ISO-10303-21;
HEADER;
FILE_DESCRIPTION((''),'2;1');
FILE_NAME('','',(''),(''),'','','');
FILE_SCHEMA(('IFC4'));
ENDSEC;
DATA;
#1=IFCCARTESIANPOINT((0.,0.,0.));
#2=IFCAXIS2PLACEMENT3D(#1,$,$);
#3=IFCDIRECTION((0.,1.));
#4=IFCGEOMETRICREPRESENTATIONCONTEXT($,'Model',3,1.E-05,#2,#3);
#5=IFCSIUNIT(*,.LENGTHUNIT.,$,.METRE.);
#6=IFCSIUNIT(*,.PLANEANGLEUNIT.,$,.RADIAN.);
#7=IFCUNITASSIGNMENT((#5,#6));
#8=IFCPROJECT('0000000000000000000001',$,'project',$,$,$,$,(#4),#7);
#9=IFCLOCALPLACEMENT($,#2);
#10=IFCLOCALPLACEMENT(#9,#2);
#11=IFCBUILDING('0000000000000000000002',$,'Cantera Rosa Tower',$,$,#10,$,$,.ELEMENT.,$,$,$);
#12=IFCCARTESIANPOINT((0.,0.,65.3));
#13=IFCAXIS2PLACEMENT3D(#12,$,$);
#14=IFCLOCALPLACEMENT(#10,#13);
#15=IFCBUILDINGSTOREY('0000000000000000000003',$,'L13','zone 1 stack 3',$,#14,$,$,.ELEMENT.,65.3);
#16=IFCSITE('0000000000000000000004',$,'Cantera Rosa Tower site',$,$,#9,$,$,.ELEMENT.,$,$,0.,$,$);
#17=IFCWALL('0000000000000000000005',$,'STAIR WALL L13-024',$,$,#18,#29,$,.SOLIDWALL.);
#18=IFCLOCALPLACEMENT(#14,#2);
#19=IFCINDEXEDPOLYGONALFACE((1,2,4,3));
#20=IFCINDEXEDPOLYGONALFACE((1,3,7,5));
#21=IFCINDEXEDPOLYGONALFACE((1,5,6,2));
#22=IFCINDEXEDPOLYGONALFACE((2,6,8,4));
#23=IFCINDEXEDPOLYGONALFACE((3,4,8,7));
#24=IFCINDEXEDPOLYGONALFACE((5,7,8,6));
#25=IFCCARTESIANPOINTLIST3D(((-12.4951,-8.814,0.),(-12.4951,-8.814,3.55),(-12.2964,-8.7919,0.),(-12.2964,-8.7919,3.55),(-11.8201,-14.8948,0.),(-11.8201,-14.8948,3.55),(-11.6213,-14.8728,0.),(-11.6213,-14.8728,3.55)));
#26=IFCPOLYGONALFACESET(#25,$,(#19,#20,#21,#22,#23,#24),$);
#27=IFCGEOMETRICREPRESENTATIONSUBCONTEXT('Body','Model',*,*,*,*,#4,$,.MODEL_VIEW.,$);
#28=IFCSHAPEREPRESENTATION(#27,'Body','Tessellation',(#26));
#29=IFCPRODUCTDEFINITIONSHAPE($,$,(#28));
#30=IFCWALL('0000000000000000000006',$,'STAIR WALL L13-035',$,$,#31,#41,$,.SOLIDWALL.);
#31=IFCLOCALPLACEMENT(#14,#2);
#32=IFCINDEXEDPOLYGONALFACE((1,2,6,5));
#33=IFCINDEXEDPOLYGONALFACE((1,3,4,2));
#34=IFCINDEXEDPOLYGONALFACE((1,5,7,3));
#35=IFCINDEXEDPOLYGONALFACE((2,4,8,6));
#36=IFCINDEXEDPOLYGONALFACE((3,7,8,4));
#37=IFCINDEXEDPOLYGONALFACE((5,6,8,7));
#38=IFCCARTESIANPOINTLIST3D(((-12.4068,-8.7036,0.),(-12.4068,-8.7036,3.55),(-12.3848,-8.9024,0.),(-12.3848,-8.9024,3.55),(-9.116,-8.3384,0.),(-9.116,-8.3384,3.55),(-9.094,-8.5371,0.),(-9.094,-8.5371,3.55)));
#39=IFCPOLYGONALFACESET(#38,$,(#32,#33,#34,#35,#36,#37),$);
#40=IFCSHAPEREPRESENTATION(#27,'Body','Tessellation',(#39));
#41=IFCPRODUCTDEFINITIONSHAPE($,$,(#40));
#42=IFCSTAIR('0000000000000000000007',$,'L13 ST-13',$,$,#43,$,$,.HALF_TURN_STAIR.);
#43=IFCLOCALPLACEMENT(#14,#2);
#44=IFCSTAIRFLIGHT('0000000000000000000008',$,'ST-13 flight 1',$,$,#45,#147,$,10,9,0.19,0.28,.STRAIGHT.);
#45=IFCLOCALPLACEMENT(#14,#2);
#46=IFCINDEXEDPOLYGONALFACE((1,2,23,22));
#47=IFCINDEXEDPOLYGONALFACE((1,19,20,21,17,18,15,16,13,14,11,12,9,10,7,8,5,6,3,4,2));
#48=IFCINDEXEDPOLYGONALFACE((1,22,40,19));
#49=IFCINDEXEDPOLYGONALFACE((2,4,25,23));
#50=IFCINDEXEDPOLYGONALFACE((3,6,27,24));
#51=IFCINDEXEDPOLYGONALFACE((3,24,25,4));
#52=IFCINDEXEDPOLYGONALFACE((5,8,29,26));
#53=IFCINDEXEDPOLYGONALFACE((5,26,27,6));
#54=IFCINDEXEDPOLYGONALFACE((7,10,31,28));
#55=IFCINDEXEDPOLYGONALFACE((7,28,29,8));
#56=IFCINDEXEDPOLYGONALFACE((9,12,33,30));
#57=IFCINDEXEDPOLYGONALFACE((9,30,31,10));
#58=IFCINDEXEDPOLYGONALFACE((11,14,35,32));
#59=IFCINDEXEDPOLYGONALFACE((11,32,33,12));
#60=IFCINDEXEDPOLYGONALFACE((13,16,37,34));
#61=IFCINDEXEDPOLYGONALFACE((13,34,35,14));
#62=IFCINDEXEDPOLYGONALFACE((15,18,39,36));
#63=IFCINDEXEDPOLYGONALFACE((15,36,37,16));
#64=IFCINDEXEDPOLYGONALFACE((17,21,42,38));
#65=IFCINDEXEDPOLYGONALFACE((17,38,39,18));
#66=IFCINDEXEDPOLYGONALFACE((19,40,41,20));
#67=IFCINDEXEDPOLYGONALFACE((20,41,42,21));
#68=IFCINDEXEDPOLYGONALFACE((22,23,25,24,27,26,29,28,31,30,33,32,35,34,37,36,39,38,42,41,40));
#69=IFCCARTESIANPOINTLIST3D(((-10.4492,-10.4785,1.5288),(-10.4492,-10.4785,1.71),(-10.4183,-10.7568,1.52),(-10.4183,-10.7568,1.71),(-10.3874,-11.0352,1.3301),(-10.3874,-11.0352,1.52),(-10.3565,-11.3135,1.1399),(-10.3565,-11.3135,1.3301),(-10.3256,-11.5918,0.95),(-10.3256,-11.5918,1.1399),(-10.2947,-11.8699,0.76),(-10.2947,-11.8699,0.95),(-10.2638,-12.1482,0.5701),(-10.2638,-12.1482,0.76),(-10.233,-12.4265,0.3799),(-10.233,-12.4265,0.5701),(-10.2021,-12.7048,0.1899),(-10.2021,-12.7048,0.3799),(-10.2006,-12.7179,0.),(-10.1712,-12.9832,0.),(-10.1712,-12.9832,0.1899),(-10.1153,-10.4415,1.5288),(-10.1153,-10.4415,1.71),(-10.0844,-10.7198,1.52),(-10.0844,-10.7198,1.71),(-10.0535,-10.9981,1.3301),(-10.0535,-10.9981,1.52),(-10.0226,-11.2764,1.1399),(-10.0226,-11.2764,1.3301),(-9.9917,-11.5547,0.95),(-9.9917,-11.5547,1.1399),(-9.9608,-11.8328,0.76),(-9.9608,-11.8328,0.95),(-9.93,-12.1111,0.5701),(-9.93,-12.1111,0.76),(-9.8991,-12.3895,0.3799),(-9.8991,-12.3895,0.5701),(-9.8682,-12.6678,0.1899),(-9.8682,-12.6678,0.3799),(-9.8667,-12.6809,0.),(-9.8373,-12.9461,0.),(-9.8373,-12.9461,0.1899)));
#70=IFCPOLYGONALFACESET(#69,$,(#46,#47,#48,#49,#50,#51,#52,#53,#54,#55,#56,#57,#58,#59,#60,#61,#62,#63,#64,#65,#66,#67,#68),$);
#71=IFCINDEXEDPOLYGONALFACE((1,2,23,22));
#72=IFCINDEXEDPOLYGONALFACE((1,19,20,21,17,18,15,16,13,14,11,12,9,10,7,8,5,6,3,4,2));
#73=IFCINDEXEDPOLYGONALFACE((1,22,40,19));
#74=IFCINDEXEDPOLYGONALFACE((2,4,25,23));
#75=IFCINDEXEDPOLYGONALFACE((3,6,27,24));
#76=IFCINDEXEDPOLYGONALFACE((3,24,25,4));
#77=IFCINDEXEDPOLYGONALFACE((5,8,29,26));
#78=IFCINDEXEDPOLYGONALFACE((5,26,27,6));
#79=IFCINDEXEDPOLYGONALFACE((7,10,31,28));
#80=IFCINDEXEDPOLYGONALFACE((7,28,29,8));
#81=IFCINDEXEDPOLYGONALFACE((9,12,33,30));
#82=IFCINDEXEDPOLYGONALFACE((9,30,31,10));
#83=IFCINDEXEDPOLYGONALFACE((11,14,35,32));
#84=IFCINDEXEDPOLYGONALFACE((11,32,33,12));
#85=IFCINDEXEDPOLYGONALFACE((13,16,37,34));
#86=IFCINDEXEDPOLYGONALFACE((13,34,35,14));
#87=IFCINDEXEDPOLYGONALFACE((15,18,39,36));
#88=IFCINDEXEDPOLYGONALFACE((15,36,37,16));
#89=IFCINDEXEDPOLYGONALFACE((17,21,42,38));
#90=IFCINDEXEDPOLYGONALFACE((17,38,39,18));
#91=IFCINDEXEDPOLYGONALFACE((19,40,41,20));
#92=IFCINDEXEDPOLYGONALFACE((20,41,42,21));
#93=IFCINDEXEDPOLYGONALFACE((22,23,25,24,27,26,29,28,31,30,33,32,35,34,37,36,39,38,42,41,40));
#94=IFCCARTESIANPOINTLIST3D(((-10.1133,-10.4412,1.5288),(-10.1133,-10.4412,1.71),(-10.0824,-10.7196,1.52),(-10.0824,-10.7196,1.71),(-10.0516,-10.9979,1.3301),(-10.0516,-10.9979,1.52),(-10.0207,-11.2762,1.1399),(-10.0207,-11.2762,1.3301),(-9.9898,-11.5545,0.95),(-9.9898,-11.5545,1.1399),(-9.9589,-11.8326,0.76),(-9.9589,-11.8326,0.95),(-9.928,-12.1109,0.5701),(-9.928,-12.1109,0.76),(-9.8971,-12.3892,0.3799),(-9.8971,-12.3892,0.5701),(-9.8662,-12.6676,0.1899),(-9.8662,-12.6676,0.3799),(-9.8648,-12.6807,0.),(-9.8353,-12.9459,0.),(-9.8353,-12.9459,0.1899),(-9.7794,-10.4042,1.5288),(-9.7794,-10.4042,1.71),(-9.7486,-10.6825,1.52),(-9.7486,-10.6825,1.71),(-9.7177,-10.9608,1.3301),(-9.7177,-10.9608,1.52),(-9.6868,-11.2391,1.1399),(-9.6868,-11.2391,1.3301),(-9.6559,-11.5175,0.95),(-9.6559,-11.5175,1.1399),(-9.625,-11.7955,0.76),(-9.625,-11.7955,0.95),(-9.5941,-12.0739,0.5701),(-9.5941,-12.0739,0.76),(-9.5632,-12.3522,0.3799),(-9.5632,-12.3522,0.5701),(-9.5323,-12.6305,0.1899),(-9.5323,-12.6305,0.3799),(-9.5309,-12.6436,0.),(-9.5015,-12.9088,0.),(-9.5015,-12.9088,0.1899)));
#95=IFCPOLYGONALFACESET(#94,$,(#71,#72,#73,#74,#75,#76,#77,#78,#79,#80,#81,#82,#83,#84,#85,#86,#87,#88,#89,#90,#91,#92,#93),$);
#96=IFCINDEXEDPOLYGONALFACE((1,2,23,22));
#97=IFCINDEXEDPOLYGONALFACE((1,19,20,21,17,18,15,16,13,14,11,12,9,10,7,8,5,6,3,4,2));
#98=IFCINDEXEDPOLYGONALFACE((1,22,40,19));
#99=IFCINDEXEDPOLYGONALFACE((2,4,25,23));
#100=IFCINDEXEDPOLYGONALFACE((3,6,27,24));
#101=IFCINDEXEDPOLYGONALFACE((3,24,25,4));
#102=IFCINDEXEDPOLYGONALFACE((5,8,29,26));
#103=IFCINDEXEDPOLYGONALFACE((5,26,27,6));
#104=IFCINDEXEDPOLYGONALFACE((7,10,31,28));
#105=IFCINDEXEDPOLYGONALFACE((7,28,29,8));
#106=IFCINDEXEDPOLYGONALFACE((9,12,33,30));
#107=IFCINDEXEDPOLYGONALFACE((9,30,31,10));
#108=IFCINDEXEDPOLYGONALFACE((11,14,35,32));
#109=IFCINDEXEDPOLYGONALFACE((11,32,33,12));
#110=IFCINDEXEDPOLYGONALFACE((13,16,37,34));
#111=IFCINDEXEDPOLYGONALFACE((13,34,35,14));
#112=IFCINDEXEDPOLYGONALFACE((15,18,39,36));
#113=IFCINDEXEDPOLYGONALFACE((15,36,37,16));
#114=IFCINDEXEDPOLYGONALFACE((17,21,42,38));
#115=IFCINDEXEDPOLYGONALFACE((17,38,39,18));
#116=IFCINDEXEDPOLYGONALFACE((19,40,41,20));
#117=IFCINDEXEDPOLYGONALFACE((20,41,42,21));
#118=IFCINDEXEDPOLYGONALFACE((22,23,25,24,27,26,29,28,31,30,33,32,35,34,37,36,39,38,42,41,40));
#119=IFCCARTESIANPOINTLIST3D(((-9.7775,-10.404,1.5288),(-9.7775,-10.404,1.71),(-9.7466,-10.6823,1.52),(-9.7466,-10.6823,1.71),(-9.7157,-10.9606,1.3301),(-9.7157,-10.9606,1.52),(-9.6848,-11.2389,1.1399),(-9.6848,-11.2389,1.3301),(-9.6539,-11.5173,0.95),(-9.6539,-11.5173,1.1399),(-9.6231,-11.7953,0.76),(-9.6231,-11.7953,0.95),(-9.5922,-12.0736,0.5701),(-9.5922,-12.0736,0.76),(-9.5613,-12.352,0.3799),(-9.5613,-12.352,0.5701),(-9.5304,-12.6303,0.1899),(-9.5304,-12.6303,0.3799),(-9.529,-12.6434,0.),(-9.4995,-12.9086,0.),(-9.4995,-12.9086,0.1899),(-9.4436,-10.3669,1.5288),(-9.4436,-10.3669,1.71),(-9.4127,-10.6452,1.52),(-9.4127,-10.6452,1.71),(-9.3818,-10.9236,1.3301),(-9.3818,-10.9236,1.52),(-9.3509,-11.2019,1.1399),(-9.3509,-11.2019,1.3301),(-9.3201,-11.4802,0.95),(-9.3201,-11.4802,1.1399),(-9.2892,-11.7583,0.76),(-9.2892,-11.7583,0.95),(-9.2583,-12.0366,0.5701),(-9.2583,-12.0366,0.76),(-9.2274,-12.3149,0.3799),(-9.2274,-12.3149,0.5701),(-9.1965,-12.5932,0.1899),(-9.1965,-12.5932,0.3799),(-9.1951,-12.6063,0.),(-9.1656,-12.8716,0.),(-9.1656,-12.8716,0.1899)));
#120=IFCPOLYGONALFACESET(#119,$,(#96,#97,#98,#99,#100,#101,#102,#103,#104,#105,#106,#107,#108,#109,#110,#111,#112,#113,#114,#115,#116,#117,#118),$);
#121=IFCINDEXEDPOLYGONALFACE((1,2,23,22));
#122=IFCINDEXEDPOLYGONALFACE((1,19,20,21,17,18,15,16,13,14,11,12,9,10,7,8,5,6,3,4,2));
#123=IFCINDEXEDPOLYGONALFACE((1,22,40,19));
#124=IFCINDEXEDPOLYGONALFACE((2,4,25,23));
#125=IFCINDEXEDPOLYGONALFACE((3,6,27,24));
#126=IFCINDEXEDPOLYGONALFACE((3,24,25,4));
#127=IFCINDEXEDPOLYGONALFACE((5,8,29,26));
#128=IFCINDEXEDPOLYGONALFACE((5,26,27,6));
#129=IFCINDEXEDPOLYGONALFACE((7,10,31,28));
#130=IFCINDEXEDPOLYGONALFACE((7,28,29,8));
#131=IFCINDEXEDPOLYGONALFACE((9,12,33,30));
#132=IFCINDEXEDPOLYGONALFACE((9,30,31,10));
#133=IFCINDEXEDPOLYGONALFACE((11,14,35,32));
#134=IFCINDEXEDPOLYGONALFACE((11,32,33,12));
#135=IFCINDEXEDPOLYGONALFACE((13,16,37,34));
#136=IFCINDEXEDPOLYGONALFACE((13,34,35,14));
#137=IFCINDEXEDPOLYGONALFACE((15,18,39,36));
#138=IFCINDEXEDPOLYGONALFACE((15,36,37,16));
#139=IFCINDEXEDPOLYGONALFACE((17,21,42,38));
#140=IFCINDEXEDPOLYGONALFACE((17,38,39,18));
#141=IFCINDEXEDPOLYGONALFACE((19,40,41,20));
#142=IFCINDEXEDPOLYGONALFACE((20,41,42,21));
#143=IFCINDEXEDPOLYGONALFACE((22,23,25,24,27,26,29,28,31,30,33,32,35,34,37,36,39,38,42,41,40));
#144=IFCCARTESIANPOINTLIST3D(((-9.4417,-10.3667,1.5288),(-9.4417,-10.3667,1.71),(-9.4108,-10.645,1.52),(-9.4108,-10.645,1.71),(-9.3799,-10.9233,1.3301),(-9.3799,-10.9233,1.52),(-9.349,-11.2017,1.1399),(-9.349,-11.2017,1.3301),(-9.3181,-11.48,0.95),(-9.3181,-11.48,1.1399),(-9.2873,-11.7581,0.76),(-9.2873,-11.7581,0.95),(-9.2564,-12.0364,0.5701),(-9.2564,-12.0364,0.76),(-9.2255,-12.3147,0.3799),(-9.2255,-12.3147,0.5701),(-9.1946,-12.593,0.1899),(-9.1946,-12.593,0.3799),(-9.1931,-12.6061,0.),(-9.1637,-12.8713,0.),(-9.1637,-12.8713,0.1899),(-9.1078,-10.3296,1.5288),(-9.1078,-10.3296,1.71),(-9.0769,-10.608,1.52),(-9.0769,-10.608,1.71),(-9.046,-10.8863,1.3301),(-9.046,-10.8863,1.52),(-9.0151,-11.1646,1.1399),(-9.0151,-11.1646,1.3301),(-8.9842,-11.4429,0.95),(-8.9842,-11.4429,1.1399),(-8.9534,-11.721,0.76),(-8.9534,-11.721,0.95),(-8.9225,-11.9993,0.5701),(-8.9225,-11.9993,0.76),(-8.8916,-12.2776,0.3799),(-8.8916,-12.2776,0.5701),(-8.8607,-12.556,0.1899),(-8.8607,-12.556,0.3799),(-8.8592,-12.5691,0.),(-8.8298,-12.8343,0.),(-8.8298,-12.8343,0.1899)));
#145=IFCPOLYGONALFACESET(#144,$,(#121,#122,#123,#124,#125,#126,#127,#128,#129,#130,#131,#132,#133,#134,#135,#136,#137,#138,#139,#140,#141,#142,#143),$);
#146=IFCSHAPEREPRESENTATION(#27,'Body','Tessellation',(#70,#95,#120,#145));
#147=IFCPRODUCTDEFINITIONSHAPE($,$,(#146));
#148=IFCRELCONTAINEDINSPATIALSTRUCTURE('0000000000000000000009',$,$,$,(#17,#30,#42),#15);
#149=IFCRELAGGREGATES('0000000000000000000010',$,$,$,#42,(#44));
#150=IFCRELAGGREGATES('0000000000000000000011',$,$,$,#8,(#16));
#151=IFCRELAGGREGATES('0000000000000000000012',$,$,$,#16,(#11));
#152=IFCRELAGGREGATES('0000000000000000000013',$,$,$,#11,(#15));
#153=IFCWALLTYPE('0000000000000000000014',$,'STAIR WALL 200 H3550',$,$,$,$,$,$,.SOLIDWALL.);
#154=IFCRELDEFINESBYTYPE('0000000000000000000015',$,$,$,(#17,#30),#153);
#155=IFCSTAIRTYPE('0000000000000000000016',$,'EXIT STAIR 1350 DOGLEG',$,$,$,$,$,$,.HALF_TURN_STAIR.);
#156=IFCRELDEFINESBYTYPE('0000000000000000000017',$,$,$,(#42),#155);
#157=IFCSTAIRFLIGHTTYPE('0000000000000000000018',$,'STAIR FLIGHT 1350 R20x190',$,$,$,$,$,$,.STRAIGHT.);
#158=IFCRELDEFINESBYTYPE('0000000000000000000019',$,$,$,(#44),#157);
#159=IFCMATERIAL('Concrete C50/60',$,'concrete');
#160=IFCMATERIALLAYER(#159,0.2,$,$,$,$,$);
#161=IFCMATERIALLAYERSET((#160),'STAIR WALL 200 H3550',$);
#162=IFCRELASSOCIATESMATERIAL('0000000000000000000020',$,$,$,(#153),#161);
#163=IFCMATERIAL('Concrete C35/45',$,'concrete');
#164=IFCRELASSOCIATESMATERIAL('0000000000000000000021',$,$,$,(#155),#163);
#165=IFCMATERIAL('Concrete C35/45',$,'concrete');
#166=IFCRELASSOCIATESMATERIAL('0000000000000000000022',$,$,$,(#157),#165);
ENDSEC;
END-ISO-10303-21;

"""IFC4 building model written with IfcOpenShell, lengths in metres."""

from ifc_helpers import new_model, si_unit, direction, frame, frame_2d, origin, place, context, subcontext, project, spatial, polyline, rectangle, outline, extrude, material, layer, layer_set, type_object, element, aggregate, save


model = new_model("IFC4")

# Units and contexts
model_context = context("Model", 3, precision=1e-05, world=origin(), true_north=direction((0.0, 1.0)))
body_context = subcontext(model_context, "Body", "Model", "MODEL_VIEW")
ifc_project = project(units=[si_unit("LENGTHUNIT", "METRE"), si_unit("PLANEANGLEUNIT", "RADIAN")], contexts=[model_context])

# Site, building, storey
site_placement = place(None, origin())
site = spatial("IfcSite", under=ifc_project, at=site_placement, Name="Cantera Rosa Tower site", CompositionType="ELEMENT", RefElevation=0.0)
building_placement = place(site_placement, origin())
building = spatial("IfcBuilding", under=site, at=building_placement, Name="Cantera Rosa Tower", CompositionType="ELEMENT")
storey_placement = place(building_placement, frame((0.0, 0.0, 65.3)))
storey = spatial("IfcBuildingStorey", under=building, at=storey_placement, Name="L13", Description="zone 1 stack 3", CompositionType="ELEMENT", Elevation=65.3)

# Walls
ifc_material_1 = material(Name="Concrete C50/60", Category="concrete")
ifc_layer_1 = layer(ifc_material_1, 0.2)
ifc_layer_set_1 = layer_set([ifc_layer_1], Name="STAIR WALL 200 H3550")
wall_type_1 = type_object("IfcWallType", Name="STAIR WALL 200 H3550", PredefinedType="SOLIDWALL", material=ifc_layer_set_1)
wall_1_placement = place(storey_placement, frame((-12.3958, -8.803, 0.0), z_axis=(0.0, 0.0, 1.0), x_axis=(0.110335, -0.993894, 0.0)))
element("IfcWall", 1, at=wall_1_placement, inside=storey, type_object=wall_type_1, Name="STAIR WALL L13-024", PredefinedType="SOLIDWALL", context=body_context, shape_type="SweptSolid", body=[
    extrude(rectangle(XDim=6.1182, YDim=0.2, at=frame_2d((3.0591, 0.0))), origin(), (0.0, 0.0, 1.0), 3.55),
])
wall_2_placement = place(storey_placement, frame((-9.105, -8.4377, 0.0), z_axis=(0.0, 0.0, 1.0), x_axis=(-0.993897, -0.11031, 0.0)))
element("IfcWall", 2, at=wall_2_placement, inside=storey, type_object=wall_type_1, Name="STAIR WALL L13-035", PredefinedType="SOLIDWALL", context=body_context, shape_type="SweptSolid", body=[
    extrude(rectangle(XDim=3.311, YDim=0.2, at=frame_2d((1.6555, 0.0))), origin(), (0.0, 0.0, 1.0), 3.55),
])

# Stair, stair flight
ifc_material_2 = material(Name="Concrete C35/45", Category="concrete")
stair_type = type_object("IfcStairType", Name="EXIT STAIR 1350 DOGLEG", PredefinedType="HALF_TURN_STAIR", material=ifc_material_2)
stair_placement = place(storey_placement, origin())
stair = element("IfcStair", 3, at=stair_placement, inside=storey, type_object=stair_type, Name="L13 ST-13", PredefinedType="HALF_TURN_STAIR")
ifc_material_3 = material(Name="Concrete C35/45", Category="concrete")
stair_flight_type = type_object("IfcStairFlightType", Name="STAIR FLIGHT 1350 R20x190", PredefinedType="STRAIGHT", material=ifc_material_3)
stair_flight_1_placement = place(storey_placement, frame((-9.5002, -12.9087, 0.0), z_axis=(0.0, 0.0, 1.0), x_axis=(-0.110313, 0.993897, 0.0)))
stair_flight_1 = element("IfcStairFlight", 4, at=stair_flight_1_placement, type_object=stair_flight_type, Name="ST-13 flight 1", NumberOfRisers=10, NumberOfTreads=9, PredefinedType="STRAIGHT", RiserHeight=0.19, TreadLength=0.28, context=body_context, shape_type="SweptSolid", body=[
    extrude(outline(polyline([(0.0, 0.0), (0.0, 0.1899), (0.28, 0.1899), (0.28, 0.3799), (0.5601, 0.3799), (0.5601, 0.5701), (0.8401, 0.5701), (0.8401, 0.76), (1.1201, 0.76), (1.1201, 0.95), (1.3999, 0.95), (1.3999, 1.1399), (1.6799, 1.1399), (1.6799, 1.3301), (1.96, 1.3301), (1.96, 1.52), (2.24, 1.52), (2.24, 1.71), (2.52, 1.71), (2.52, 1.8999), (2.52, 1.5288), (0.2668, 0.0), (0.0, 0.0)])), frame((0.0, 0.675, 0.0), z_axis=(0.0, -1.0, 0.0), x_axis=(1.0, 0.0, 0.0)), (0.0, 0.0, 1.0), 0.3359),
    extrude(outline(polyline([(0.0, 0.0), (0.0, 0.1899), (0.28, 0.1899), (0.28, 0.3799), (0.5601, 0.3799), (0.5601, 0.5701), (0.8401, 0.5701), (0.8401, 0.76), (1.1201, 0.76), (1.1201, 0.95), (1.3999, 0.95), (1.3999, 1.1399), (1.6799, 1.1399), (1.6799, 1.3301), (1.96, 1.3301), (1.96, 1.52), (2.24, 1.52), (2.24, 1.71), (2.52, 1.71), (2.52, 1.8999), (2.52, 1.5288), (0.2668, 0.0), (0.0, 0.0)])), frame((0.0, 0.3372, 0.0), z_axis=(0.0, -1.0, 0.0), x_axis=(1.0, 0.0, 0.0)), (0.0, 0.0, 1.0), 0.3359),
    extrude(outline(polyline([(0.0, 0.0), (0.0, 0.1899), (0.28, 0.1899), (0.28, 0.3799), (0.5601, 0.3799), (0.5601, 0.5701), (0.8401, 0.5701), (0.8401, 0.76), (1.1201, 0.76), (1.1201, 0.95), (1.3999, 0.95), (1.3999, 1.1399), (1.6799, 1.1399), (1.6799, 1.3301), (1.96, 1.3301), (1.96, 1.52), (2.24, 1.52), (2.24, 1.71), (2.52, 1.71), (2.52, 1.8999), (2.52, 1.5288), (0.2668, 0.0), (0.0, 0.0)])), frame((0.0, -0.0007, 0.0), z_axis=(0.0, -1.0, 0.0), x_axis=(1.0, 0.0, 0.0)), (0.0, 0.0, 1.0), 0.3359),
    extrude(outline(polyline([(0.0, 0.0), (0.0, 0.1899), (0.28, 0.1899), (0.28, 0.3799), (0.5601, 0.3799), (0.5601, 0.5701), (0.8401, 0.5701), (0.8401, 0.76), (1.1201, 0.76), (1.1201, 0.95), (1.3999, 0.95), (1.3999, 1.1399), (1.6799, 1.1399), (1.6799, 1.3301), (1.96, 1.3301), (1.96, 1.52), (2.24, 1.52), (2.24, 1.71), (2.52, 1.71), (2.52, 1.8999), (2.52, 1.5288), (0.2668, 0.0), (0.0, 0.0)])), frame((0.0, -0.3386, 0.0), z_axis=(0.0, -1.0, 0.0), x_axis=(1.0, 0.0, 0.0)), (0.0, 0.0, 1.0), 0.3359),
])
aggregate(stair, [stair_flight_1])

save(model, "model.ifc")
